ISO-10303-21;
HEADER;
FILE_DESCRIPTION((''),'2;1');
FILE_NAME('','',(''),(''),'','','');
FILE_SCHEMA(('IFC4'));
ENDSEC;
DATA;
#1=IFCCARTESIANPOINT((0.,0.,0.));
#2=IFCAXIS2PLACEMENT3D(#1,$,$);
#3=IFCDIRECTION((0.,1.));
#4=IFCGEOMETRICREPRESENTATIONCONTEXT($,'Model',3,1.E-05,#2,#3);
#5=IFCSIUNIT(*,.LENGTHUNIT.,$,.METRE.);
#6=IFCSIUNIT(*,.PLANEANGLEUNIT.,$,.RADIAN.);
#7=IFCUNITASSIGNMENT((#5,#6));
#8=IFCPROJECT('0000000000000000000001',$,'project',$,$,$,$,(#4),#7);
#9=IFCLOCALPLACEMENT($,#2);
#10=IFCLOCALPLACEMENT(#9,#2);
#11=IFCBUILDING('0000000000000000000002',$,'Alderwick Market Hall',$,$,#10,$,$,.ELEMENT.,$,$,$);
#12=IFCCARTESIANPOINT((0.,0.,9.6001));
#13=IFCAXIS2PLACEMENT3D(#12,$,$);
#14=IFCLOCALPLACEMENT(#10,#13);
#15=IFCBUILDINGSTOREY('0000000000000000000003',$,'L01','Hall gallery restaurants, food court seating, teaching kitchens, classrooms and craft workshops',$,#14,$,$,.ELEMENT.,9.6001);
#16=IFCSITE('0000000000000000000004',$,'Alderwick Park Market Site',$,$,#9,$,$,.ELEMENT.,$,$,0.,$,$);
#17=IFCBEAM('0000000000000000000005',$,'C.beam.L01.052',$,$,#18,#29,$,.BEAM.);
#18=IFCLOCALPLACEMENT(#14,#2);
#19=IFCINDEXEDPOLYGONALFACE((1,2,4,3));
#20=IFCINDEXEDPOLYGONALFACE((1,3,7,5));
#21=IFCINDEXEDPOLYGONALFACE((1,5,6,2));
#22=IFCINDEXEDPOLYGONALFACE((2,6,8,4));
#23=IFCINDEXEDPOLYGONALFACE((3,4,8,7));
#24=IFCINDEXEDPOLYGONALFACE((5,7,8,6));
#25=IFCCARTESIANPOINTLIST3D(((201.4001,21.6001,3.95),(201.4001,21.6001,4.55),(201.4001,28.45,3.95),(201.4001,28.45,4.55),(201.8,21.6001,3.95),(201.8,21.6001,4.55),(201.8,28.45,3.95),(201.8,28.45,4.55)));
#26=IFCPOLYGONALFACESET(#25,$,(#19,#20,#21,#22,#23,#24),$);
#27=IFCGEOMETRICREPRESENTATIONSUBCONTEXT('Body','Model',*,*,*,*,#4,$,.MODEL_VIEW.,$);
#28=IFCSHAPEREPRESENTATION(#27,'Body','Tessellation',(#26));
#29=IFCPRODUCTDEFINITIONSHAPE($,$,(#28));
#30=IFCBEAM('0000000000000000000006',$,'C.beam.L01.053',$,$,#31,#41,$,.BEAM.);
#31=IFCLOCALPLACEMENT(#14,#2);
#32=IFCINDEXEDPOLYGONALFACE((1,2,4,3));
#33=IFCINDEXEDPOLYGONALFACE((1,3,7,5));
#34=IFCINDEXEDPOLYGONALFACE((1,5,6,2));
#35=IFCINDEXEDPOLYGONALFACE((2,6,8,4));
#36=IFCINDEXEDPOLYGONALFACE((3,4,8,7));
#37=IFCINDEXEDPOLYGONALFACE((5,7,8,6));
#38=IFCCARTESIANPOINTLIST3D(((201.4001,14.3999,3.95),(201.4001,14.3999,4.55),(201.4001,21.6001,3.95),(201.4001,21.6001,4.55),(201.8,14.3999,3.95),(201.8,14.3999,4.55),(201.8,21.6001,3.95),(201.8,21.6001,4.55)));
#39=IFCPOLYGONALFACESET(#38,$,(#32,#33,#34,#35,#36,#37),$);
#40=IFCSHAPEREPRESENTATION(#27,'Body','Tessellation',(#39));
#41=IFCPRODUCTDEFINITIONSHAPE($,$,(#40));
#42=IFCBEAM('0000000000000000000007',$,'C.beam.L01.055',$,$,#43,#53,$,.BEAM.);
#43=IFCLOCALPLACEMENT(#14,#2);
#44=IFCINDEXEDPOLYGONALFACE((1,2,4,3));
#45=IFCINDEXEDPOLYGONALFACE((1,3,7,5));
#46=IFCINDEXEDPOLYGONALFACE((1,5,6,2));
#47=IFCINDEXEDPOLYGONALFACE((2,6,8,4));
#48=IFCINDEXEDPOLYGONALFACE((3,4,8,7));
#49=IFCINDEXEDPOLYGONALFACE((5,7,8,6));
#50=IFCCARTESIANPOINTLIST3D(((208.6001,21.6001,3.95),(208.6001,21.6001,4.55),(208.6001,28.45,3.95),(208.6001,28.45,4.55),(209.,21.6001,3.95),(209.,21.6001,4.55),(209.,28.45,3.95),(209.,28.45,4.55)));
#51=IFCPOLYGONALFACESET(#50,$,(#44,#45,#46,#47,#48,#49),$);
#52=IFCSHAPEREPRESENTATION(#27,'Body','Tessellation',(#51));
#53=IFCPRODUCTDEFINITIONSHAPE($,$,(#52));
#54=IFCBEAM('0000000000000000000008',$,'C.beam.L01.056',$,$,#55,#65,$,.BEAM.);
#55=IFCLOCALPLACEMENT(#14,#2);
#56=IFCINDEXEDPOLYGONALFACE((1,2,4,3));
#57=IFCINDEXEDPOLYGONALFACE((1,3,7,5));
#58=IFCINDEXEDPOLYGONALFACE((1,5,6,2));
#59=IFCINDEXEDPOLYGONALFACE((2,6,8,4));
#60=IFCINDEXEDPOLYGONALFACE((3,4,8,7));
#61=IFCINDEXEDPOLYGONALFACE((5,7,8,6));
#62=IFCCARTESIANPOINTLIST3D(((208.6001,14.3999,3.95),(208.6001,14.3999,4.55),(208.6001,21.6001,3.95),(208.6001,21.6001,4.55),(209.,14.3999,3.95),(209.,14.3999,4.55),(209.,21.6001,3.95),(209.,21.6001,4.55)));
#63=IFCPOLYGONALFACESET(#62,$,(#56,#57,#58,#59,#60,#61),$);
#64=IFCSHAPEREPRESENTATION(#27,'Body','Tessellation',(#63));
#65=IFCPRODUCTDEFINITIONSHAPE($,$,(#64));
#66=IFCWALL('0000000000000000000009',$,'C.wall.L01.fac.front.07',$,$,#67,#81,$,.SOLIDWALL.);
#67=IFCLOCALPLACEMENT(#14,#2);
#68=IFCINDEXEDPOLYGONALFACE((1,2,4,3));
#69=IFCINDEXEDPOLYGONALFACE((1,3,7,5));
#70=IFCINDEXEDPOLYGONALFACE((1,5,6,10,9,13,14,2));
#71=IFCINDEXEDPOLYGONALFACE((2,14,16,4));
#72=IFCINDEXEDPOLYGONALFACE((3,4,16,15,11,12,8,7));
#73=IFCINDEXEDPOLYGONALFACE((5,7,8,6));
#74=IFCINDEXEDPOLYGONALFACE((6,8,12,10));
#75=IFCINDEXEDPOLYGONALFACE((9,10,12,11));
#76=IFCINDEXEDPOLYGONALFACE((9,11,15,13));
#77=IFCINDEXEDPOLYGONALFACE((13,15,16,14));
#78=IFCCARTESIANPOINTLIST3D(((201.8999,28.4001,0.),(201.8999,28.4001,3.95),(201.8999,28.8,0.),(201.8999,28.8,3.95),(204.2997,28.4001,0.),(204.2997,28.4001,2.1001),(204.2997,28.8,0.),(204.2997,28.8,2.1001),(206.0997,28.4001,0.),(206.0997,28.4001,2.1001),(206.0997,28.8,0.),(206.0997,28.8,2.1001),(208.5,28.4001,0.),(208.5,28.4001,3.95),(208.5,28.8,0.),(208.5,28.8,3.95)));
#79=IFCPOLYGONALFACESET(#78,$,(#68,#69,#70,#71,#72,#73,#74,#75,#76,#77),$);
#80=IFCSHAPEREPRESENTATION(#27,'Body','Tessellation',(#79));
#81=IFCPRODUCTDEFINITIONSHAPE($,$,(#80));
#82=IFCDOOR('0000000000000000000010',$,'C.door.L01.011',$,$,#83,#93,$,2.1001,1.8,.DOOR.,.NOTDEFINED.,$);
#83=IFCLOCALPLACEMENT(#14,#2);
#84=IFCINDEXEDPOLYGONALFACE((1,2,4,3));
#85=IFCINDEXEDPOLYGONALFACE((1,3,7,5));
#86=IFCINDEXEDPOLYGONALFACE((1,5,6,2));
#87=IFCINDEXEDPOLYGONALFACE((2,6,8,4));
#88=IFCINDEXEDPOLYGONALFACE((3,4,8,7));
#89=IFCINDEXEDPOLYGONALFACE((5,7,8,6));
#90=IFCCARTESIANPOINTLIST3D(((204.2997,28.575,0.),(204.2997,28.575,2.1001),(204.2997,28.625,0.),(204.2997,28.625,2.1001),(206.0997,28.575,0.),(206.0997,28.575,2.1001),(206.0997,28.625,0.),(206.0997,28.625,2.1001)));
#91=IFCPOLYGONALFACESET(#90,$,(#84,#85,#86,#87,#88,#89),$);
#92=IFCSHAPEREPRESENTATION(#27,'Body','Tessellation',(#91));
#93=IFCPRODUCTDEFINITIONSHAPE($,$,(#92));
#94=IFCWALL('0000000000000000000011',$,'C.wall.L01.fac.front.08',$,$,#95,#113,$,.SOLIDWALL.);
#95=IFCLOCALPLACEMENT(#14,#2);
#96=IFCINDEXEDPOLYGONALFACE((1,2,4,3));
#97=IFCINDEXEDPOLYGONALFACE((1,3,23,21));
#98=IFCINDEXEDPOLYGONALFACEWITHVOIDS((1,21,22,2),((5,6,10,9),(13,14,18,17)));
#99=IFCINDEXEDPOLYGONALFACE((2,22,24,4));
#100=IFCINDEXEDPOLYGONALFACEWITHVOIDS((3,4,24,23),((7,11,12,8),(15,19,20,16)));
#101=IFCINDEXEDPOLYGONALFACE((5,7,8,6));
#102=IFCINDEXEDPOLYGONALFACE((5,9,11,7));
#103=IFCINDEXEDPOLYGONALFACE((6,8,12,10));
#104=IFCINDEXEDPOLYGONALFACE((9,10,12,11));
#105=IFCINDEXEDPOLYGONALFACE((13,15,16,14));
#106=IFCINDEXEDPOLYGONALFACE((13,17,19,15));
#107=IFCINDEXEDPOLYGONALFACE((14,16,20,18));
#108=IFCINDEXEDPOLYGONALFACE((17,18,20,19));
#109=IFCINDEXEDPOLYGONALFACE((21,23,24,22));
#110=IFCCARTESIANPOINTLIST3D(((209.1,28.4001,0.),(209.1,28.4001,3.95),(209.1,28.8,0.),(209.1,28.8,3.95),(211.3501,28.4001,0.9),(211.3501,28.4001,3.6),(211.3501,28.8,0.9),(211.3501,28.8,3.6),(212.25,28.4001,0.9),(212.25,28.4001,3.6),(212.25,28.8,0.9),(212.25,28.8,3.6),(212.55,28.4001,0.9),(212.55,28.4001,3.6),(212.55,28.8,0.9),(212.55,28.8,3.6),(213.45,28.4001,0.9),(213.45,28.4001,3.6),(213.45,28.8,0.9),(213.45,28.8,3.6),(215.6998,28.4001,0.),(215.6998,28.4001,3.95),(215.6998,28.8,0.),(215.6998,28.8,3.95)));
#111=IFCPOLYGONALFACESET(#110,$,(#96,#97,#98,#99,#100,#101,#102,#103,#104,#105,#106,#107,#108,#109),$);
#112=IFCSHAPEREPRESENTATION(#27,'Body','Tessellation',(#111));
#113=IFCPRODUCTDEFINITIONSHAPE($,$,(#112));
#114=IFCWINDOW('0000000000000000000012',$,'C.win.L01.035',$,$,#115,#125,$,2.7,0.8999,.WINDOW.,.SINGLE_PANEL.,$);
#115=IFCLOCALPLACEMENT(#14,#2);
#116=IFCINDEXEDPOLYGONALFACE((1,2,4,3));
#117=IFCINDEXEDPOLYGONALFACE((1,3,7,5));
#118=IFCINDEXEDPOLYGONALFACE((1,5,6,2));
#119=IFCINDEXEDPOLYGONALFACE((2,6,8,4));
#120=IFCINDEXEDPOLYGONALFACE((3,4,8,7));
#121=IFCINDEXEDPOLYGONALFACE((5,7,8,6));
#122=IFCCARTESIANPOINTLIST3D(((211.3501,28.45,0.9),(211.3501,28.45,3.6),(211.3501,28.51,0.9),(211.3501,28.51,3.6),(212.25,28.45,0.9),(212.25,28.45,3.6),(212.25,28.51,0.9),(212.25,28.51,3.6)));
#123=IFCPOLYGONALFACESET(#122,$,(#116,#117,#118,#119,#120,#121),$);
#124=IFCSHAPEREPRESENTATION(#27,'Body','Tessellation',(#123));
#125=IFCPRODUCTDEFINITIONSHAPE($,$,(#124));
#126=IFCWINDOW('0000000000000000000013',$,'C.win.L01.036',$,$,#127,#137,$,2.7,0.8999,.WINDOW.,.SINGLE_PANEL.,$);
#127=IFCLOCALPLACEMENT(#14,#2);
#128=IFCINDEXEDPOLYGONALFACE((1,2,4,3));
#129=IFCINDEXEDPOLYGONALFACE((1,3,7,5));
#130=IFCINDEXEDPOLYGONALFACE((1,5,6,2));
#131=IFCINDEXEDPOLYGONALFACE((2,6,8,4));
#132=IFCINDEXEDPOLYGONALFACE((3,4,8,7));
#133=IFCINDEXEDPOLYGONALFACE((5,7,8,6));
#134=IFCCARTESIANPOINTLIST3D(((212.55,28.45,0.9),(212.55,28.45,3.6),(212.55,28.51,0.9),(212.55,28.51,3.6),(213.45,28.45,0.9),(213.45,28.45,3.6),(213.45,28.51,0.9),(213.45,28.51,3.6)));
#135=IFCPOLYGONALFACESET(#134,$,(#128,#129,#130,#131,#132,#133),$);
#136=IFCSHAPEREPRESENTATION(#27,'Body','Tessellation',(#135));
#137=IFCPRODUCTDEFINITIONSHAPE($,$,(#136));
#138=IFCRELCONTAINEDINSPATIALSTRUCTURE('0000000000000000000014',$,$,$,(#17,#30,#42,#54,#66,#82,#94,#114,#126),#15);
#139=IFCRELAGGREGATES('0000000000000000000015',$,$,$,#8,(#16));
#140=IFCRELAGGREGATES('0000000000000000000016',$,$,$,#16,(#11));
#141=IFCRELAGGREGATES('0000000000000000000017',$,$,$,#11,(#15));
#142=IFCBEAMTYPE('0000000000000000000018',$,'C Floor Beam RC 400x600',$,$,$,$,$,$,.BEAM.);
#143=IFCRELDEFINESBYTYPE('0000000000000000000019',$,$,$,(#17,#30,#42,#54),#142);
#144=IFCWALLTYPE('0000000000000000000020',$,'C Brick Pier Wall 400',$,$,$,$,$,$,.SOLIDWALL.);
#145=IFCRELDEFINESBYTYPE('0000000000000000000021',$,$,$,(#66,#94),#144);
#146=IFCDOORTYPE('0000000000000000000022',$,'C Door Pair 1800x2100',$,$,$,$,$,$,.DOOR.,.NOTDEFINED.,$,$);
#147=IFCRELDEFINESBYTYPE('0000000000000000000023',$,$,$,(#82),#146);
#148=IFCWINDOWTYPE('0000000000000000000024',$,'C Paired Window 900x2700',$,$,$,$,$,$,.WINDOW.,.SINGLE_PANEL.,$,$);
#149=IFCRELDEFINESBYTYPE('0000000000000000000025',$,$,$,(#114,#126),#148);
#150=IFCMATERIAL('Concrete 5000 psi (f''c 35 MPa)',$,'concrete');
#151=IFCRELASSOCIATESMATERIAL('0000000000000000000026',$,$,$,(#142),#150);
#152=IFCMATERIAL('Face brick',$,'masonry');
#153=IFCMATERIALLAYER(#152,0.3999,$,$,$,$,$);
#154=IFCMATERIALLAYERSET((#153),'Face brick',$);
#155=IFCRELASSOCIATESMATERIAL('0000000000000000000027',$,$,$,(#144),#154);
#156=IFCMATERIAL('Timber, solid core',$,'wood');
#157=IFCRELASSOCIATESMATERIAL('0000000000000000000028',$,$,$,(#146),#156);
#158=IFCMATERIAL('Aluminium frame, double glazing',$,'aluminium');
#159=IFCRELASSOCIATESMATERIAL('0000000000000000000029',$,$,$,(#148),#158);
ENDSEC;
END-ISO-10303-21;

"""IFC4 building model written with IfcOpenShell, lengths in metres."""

from ifc_helpers import new_model, si_unit, direction, frame, frame_2d, origin, origin_2d, place, context, subcontext, project, spatial, rectangle, extrude, material, layer, layer_set, material_profile, profile_set, type_object, element, fill, save


model = new_model("IFC4")

# Units and contexts
model_context = context("Model", 3, precision=1e-05, world=origin(), true_north=direction((0.0, 1.0)))
body_context = subcontext(model_context, "Body", "Model", "MODEL_VIEW")
ifc_project = project(units=[si_unit("LENGTHUNIT", "METRE"), si_unit("PLANEANGLEUNIT", "RADIAN")], contexts=[model_context])

# Site, building, storey
site_placement = place(None, origin())
site = spatial("IfcSite", under=ifc_project, at=site_placement, Name="Alderwick Park Market Site", CompositionType="ELEMENT", RefElevation=0.0)
building_placement = place(site_placement, origin())
building = spatial("IfcBuilding", under=site, at=building_placement, Name="Alderwick Market Hall", CompositionType="ELEMENT")
storey_placement = place(building_placement, frame((0.0, 0.0, 9.6001)))
storey = spatial("IfcBuildingStorey", under=building, at=storey_placement, Name="L01", Description="Hall gallery restaurants, food court seating, teaching kitchens, classrooms and craft workshops", CompositionType="ELEMENT", Elevation=9.6001)

# Shared definitions
ifc_material_1 = material(Name="Concrete 5000 psi (f'c 35 MPa)", Category="concrete")

# Beams
ifc_material_profile_1 = material_profile(ifc_material_1, rectangle(XDim=0.3999, YDim=0.6001, at=origin_2d()), Name="RC 400x600")
ifc_profile_set_1 = profile_set([ifc_material_profile_1], Name="Concrete 5000 psi (f'c 35 MPa)")
beam_type = type_object("IfcBeamType", Name="C Floor Beam RC 400x600", PredefinedType="BEAM", material=ifc_profile_set_1)
beam_1_placement = place(storey_placement, frame((201.6001, 28.45, 4.25), z_axis=(0.0, -1.0, 0.0), x_axis=(1.0, 0.0, 0.0)))
element("IfcBeam", 1, at=beam_1_placement, inside=storey, type_object=beam_type, Name="C.beam.L01.052", PredefinedType="BEAM", context=body_context, shape_type="SweptSolid", body=[
    extrude(rectangle(XDim=0.3999, YDim=0.6001, at=origin_2d()), origin(), (0.0, 0.0, 1.0), 6.8499),
])
beam_2_placement = place(storey_placement, frame((201.6001, 21.6001, 4.25), z_axis=(0.0, -1.0, 0.0), x_axis=(1.0, 0.0, 0.0)))
element("IfcBeam", 2, at=beam_2_placement, inside=storey, type_object=beam_type, Name="C.beam.L01.053", PredefinedType="BEAM", context=body_context, shape_type="SweptSolid", body=[
    extrude(rectangle(XDim=0.3999, YDim=0.6001, at=origin_2d()), origin(), (0.0, 0.0, 1.0), 7.2002),
])
beam_3_placement = place(storey_placement, frame((208.8, 28.45, 4.25), z_axis=(0.0, -1.0, 0.0), x_axis=(1.0, 0.0, 0.0)))
element("IfcBeam", 3, at=beam_3_placement, inside=storey, type_object=beam_type, Name="C.beam.L01.055", PredefinedType="BEAM", context=body_context, shape_type="SweptSolid", body=[
    extrude(rectangle(XDim=0.3999, YDim=0.6001, at=origin_2d()), origin(), (0.0, 0.0, 1.0), 6.8499),
])
beam_4_placement = place(storey_placement, frame((208.8, 21.6001, 4.25), z_axis=(0.0, -1.0, 0.0), x_axis=(1.0, 0.0, 0.0)))
element("IfcBeam", 4, at=beam_4_placement, inside=storey, type_object=beam_type, Name="C.beam.L01.056", PredefinedType="BEAM", context=body_context, shape_type="SweptSolid", body=[
    extrude(rectangle(XDim=0.3999, YDim=0.6001, at=origin_2d()), origin(), (0.0, 0.0, 1.0), 7.2002),
])

# Wall, opening, door
ifc_material_2 = material(Name="Face brick", Category="masonry")
ifc_layer = layer(ifc_material_2, 0.3999)
ifc_layer_set = layer_set([ifc_layer], Name="Face brick")
wall_type = type_object("IfcWallType", Name="C Brick Pier Wall 400", PredefinedType="SOLIDWALL", material=ifc_layer_set)
wall_1_placement = place(storey_placement, frame((201.8999, 28.6001, 0.0), z_axis=(0.0, 0.0, 1.0), x_axis=(1.0, 0.0, 0.0)))
wall_1 = element("IfcWall", 5, at=wall_1_placement, inside=storey, type_object=wall_type, Name="C.wall.L01.fac.front.07", PredefinedType="SOLIDWALL", context=body_context, shape_type="SweptSolid", body=[
    extrude(rectangle(XDim=6.6001, YDim=0.3999, at=frame_2d((3.3, 0.0))), origin(), (0.0, 0.0, 1.0), 3.95),
])
opening_1_placement = place(wall_1_placement, frame((2.3999, 0.0, 0.0)))
opening_1 = element("IfcOpeningElement", 6, at=opening_1_placement, cuts=wall_1, PredefinedType="OPENING", context=body_context, shape_type="SweptSolid", body=[
    extrude(rectangle(XDim=1.8, YDim=2.1001, at=frame_2d((0.8999, 1.05))), frame((0.0, 0.21, 0.0), z_axis=(0.0, -1.0, 0.0), x_axis=(1.0, 0.0, 0.0)), (0.0, 0.0, 1.0), 0.4199),
])
ifc_material_3 = material(Name="Timber, solid core", Category="wood")
door_type = type_object("IfcDoorType", Name="C Door Pair 1800x2100", OperationType="NOTDEFINED", PredefinedType="DOOR", material=ifc_material_3)
door_placement = place(opening_1_placement, origin())
door = element("IfcDoor", 7, at=door_placement, inside=storey, type_object=door_type, Name="C.door.L01.011", OperationType="NOTDEFINED", OverallHeight=2.1001, OverallWidth=1.8, PredefinedType="DOOR", context=body_context, shape_type="SweptSolid", body=[
    extrude(rectangle(XDim=1.8, YDim=2.1001, at=frame_2d((0.8999, 1.05))), frame((0.0, 0.0249, 0.0), z_axis=(0.0, -1.0, 0.0), x_axis=(1.0, 0.0, 0.0)), (0.0, 0.0, 1.0), 0.05),
])
fill(opening_1, door)

# Wall, openings, windows
wall_2_placement = place(storey_placement, frame((209.1001, 28.6001, 0.0), z_axis=(0.0, 0.0, 1.0), x_axis=(1.0, 0.0, 0.0)))
wall_2 = element("IfcWall", 8, at=wall_2_placement, inside=storey, type_object=wall_type, Name="C.wall.L01.fac.front.08", PredefinedType="SOLIDWALL", context=body_context, shape_type="SweptSolid", body=[
    extrude(rectangle(XDim=6.5999, YDim=0.3999, at=frame_2d((3.2998, 0.0))), origin(), (0.0, 0.0, 1.0), 3.95),
])
opening_2_placement = place(wall_2_placement, frame((2.25, 0.0, 0.8999)))
opening_2 = element("IfcOpeningElement", 9, at=opening_2_placement, cuts=wall_2, PredefinedType="OPENING", context=body_context, shape_type="SweptSolid", body=[
    extrude(rectangle(XDim=0.8999, YDim=2.7, at=frame_2d((0.45, 1.3501))), frame((0.0, 0.21, 0.0), z_axis=(0.0, -1.0, 0.0), x_axis=(1.0, 0.0, 0.0)), (0.0, 0.0, 1.0), 0.4199),
])
opening_3_placement = place(wall_2_placement, frame((3.45, 0.0, 0.8999)))
opening_3 = element("IfcOpeningElement", 10, at=opening_3_placement, cuts=wall_2, PredefinedType="OPENING", context=body_context, shape_type="SweptSolid", body=[
    extrude(rectangle(XDim=0.8999, YDim=2.7, at=frame_2d((0.45, 1.3501))), frame((0.0, 0.21, 0.0), z_axis=(0.0, -1.0, 0.0), x_axis=(1.0, 0.0, 0.0)), (0.0, 0.0, 1.0), 0.4199),
])
ifc_material_4 = material(Name="Aluminium frame, double glazing", Category="aluminium")
window_type = type_object("IfcWindowType", Name="C Paired Window 900x2700", PartitioningType="SINGLE_PANEL", PredefinedType="WINDOW", material=ifc_material_4)
window_1_placement = place(opening_2_placement, origin())
window_1 = element("IfcWindow", 11, at=window_1_placement, inside=storey, type_object=window_type, Name="C.win.L01.035", OverallHeight=2.7, OverallWidth=0.8999, PartitioningType="SINGLE_PANEL", PredefinedType="WINDOW", context=body_context, shape_type="SweptSolid", body=[
    extrude(rectangle(XDim=0.8999, YDim=2.7, at=frame_2d((0.45, 1.3501))), frame((0.0, -0.0901, 0.0), z_axis=(0.0, -1.0, 0.0), x_axis=(1.0, 0.0, 0.0)), (0.0, 0.0, 1.0), 0.0601),
])
fill(opening_2, window_1)
window_2_placement = place(opening_3_placement, origin())
window_2 = element("IfcWindow", 12, at=window_2_placement, inside=storey, type_object=window_type, Name="C.win.L01.036", OverallHeight=2.7, OverallWidth=0.8999, PartitioningType="SINGLE_PANEL", PredefinedType="WINDOW", context=body_context, shape_type="SweptSolid", body=[
    extrude(rectangle(XDim=0.8999, YDim=2.7, at=frame_2d((0.45, 1.3501))), frame((0.0, -0.0901, 0.0), z_axis=(0.0, -1.0, 0.0), x_axis=(1.0, 0.0, 0.0)), (0.0, 0.0, 1.0), 0.0601),
])
fill(opening_3, window_2)

save(model, "model.ifc")
